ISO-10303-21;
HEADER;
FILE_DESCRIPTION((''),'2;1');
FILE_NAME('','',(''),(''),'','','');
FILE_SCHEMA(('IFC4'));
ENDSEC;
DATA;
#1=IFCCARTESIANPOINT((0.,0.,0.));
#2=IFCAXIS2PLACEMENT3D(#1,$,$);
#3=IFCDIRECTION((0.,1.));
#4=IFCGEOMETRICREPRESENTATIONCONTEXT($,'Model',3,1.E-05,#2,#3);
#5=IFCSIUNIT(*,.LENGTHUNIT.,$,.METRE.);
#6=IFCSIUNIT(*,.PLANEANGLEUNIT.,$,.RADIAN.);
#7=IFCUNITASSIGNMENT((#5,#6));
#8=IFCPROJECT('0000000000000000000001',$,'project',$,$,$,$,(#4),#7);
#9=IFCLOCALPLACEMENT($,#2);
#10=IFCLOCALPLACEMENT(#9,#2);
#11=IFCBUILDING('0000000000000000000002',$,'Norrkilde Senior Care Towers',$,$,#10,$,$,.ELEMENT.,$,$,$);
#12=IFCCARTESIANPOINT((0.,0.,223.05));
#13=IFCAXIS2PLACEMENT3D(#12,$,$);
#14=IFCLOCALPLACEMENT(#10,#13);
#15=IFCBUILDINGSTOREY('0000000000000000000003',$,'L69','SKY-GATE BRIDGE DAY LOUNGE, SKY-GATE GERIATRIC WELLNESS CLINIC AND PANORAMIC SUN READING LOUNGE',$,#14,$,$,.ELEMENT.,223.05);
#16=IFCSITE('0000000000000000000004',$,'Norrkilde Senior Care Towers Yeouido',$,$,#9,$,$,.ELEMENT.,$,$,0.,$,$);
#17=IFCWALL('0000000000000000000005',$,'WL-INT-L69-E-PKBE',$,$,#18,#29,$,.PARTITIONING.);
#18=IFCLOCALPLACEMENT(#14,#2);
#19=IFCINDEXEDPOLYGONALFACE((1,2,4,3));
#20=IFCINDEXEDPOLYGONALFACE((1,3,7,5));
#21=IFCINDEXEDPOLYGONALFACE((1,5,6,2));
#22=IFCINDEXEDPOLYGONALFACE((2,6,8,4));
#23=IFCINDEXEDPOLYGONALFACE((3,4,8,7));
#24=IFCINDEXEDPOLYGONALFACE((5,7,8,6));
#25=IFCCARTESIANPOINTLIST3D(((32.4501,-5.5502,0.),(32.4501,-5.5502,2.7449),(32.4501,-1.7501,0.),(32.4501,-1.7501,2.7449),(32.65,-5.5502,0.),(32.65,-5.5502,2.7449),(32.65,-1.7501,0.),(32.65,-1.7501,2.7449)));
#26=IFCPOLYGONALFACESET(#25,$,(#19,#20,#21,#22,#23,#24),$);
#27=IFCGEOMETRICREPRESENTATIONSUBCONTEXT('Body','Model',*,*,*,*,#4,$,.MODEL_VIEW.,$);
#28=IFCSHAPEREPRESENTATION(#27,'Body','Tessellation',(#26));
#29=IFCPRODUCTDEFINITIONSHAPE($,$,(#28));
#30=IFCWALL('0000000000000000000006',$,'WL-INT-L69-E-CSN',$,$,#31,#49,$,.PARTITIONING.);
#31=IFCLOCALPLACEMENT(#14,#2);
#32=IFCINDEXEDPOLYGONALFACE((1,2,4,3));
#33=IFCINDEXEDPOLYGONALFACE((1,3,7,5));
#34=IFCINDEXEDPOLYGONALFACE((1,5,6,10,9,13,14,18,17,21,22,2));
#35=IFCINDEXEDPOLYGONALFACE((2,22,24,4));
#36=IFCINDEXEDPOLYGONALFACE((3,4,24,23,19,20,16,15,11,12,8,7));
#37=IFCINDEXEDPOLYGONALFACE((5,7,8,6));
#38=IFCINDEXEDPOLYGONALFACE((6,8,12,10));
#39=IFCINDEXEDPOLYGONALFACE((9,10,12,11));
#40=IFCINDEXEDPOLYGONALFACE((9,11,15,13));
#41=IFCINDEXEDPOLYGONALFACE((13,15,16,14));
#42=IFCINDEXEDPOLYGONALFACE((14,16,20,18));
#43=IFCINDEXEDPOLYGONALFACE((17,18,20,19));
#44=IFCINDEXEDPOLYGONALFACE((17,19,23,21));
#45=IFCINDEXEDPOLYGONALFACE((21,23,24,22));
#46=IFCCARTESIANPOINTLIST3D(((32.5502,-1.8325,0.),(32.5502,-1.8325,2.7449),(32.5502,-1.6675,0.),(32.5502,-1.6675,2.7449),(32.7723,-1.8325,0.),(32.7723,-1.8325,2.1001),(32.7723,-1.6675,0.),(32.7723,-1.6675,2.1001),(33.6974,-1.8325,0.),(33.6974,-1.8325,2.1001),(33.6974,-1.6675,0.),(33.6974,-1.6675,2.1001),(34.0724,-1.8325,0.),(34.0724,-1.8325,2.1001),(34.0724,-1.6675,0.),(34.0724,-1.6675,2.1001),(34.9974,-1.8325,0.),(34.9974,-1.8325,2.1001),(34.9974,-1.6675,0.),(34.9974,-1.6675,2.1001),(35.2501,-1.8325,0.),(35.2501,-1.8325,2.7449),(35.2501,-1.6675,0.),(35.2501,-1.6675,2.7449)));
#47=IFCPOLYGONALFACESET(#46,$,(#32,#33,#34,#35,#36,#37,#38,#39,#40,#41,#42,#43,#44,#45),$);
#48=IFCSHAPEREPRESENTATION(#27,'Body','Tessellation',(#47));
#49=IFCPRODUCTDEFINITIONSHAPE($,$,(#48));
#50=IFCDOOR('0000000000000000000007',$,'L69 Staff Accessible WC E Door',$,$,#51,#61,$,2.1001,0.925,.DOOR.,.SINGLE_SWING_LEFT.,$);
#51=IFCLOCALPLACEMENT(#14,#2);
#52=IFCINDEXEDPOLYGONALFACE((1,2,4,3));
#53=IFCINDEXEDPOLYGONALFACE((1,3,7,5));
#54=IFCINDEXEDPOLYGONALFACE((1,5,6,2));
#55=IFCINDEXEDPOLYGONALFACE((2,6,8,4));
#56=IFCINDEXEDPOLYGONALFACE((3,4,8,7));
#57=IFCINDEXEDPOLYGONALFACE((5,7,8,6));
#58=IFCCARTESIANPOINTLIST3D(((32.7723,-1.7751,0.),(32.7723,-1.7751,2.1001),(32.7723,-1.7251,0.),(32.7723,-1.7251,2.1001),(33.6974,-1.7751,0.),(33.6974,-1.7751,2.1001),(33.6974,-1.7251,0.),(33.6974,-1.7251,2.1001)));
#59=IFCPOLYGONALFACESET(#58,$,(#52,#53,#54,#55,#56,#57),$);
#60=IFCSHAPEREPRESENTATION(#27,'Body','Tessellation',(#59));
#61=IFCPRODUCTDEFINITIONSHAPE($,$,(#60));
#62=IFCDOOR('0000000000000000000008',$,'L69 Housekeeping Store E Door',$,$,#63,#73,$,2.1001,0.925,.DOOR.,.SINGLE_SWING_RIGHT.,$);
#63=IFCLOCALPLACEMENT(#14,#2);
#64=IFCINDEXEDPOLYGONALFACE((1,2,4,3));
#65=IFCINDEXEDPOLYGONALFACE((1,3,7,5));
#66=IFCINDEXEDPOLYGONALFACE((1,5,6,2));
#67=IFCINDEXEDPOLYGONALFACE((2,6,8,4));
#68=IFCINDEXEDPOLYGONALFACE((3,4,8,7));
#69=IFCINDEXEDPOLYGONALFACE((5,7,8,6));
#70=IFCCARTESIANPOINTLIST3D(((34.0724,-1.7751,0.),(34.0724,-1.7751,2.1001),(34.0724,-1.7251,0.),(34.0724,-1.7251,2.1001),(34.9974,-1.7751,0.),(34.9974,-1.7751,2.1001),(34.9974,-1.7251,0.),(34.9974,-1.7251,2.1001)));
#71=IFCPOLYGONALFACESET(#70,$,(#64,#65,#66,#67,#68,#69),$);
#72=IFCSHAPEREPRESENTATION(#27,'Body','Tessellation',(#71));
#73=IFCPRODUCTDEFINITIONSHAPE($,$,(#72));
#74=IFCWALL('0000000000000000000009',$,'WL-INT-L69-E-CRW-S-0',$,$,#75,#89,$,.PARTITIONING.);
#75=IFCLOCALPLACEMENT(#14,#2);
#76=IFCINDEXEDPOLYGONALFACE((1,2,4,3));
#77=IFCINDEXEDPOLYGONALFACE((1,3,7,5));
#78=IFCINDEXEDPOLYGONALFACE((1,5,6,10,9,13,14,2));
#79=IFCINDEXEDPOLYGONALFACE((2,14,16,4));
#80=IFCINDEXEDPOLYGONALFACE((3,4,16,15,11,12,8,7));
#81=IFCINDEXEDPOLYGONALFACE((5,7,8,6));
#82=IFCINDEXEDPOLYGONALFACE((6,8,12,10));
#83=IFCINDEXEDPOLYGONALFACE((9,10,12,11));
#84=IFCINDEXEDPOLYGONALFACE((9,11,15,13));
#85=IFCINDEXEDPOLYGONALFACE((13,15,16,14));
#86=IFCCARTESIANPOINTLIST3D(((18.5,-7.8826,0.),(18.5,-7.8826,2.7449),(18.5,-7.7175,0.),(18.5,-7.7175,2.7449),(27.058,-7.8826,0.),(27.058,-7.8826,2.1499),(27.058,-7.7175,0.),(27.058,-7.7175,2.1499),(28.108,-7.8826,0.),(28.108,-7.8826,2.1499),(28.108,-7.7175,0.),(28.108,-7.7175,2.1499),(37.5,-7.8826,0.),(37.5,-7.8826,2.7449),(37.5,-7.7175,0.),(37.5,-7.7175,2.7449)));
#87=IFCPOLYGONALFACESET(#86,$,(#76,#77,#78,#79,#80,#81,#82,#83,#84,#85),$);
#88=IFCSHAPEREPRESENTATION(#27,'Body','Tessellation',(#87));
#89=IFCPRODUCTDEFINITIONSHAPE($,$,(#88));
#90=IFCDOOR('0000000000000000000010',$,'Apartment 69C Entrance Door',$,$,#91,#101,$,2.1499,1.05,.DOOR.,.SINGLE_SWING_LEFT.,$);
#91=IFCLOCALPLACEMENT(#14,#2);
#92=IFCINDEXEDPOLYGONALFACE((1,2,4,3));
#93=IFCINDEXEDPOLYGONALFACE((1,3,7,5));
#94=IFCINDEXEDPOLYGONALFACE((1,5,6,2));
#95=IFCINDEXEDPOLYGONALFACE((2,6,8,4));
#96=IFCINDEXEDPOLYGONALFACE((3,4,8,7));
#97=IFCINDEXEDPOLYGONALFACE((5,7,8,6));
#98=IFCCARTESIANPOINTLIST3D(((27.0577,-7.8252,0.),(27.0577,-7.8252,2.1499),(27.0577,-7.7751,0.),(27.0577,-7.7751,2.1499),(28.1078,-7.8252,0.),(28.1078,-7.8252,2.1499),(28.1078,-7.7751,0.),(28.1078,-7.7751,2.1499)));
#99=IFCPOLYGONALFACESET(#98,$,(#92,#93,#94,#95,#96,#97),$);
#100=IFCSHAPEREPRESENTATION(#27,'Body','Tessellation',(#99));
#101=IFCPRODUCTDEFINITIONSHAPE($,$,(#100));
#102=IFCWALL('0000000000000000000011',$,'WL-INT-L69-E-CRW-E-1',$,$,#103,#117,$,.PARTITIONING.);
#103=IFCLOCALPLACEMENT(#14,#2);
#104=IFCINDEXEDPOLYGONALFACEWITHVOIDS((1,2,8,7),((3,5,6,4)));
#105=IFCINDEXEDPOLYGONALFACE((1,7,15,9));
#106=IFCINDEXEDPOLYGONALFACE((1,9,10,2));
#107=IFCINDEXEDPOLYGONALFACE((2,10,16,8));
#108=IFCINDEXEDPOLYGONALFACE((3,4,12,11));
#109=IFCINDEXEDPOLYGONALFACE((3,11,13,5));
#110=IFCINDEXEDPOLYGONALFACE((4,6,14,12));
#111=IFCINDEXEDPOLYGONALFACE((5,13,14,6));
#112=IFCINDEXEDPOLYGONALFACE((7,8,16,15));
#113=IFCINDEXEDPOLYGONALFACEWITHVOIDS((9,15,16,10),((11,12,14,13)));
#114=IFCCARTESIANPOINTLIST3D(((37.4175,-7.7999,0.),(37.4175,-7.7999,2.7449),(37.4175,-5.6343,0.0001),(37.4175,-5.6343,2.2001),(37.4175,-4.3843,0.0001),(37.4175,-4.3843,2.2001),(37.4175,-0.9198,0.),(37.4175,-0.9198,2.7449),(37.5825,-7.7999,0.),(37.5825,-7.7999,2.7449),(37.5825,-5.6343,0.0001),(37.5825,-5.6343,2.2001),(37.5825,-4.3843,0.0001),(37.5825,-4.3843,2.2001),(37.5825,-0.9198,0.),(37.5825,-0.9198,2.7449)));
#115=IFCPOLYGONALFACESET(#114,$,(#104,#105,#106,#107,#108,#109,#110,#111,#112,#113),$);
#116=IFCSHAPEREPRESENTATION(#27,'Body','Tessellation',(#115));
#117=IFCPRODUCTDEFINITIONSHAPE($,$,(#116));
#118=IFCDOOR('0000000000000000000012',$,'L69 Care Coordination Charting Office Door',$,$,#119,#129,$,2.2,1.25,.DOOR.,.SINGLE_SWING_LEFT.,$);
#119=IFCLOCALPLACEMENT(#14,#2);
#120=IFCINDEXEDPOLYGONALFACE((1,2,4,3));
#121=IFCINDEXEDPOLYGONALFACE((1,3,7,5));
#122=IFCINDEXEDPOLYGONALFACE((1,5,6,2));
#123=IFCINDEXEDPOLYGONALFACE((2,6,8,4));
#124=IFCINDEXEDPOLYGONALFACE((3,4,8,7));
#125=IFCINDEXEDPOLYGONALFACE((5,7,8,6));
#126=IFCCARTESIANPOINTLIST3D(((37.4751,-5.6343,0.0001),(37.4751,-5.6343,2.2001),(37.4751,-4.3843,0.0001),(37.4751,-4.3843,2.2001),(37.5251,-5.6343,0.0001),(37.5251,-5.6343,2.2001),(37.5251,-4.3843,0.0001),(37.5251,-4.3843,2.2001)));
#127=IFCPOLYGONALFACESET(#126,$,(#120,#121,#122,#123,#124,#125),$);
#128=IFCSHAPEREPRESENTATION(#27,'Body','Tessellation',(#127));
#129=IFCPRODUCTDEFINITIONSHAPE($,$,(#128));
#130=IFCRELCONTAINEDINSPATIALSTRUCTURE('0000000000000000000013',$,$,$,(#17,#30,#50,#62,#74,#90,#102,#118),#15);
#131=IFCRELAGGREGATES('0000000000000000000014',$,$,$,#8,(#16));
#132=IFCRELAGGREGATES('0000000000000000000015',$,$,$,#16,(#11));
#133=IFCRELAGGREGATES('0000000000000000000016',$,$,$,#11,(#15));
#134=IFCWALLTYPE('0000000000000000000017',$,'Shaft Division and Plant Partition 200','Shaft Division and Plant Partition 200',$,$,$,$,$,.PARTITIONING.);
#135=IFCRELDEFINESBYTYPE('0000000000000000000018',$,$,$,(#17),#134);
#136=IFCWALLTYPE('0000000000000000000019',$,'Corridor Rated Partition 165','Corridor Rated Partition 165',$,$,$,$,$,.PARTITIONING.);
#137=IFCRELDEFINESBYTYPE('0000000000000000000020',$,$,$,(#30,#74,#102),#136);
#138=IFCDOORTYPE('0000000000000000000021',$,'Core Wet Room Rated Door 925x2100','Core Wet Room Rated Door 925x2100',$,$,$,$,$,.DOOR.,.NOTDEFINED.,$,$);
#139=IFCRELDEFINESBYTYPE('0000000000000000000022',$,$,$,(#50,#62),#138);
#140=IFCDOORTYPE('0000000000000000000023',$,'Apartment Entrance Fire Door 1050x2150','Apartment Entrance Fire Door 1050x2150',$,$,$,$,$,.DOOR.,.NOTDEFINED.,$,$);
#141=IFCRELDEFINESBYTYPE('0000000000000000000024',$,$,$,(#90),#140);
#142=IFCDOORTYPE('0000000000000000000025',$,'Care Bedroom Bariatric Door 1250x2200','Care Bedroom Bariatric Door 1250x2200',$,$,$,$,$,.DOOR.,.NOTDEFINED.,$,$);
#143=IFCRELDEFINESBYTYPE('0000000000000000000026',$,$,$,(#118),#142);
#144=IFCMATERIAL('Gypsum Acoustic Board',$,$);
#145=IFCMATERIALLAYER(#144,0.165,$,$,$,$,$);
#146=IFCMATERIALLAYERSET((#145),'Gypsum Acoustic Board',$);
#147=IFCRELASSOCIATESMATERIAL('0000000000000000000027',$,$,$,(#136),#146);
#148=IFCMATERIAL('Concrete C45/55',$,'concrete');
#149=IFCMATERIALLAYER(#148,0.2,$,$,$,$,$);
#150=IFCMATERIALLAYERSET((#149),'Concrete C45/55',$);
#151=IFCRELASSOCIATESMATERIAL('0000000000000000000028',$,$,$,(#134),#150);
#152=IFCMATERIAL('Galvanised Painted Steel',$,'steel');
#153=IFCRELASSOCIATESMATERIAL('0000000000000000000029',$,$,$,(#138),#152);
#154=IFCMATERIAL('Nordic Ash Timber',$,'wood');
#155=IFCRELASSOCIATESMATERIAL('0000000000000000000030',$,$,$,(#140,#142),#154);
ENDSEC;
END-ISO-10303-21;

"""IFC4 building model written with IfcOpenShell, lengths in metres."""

from ifc_helpers import new_model, si_unit, direction, frame, frame_2d, origin, place, context, subcontext, project, spatial, rectangle, extrude, source, transform, mapped, material, layer, layer_set, type_object, type_shapes, element, fill, save


model = new_model("IFC4")

# Units and contexts
model_context = context("Model", 3, precision=1e-05, world=origin(), true_north=direction((0.0, 1.0)))
body_context = subcontext(model_context, "Body", "Model", "MODEL_VIEW")
ifc_project = project(units=[si_unit("LENGTHUNIT", "METRE"), si_unit("PLANEANGLEUNIT", "RADIAN")], contexts=[model_context])

# Site, building, storey
site_placement = place(None, origin())
site = spatial("IfcSite", under=ifc_project, at=site_placement, Name="Norrkilde Senior Care Towers Yeouido", CompositionType="ELEMENT", RefElevation=0.0)
building_placement = place(site_placement, origin())
building = spatial("IfcBuilding", under=site, at=building_placement, Name="Norrkilde Senior Care Towers", CompositionType="ELEMENT")
storey_placement = place(building_placement, frame((0.0, 0.0, 223.05)))
storey = spatial("IfcBuildingStorey", under=building, at=storey_placement, Name="L69", Description="SKY-GATE BRIDGE DAY LOUNGE, SKY-GATE GERIATRIC WELLNESS CLINIC AND PANORAMIC SUN READING LOUNGE", CompositionType="ELEMENT", Elevation=223.05)

# Wall
ifc_material_1 = material(Name="Gypsum Acoustic Board")
ifc_layer_1 = layer(ifc_material_1, 0.165)
ifc_layer_set_1 = layer_set([ifc_layer_1], Name="Gypsum Acoustic Board")
wall_type_1 = type_object("IfcWallType", Name="Corridor Rated Partition 165", Description="Corridor Rated Partition 165", PredefinedType="PARTITIONING", material=ifc_layer_set_1)
ifc_material_2 = material(Name="Concrete C45/55", Category="concrete")
ifc_layer_2 = layer(ifc_material_2, 0.2)
ifc_layer_set_2 = layer_set([ifc_layer_2], Name="Concrete C45/55")
wall_type_2 = type_object("IfcWallType", Name="Shaft Division and Plant Partition 200", Description="Shaft Division and Plant Partition 200", PredefinedType="PARTITIONING", material=ifc_layer_set_2)
shared_shape_1 = source(origin(), body_context, "Body", "SweptSolid", [
    extrude(rectangle(XDim=3.8, YDim=0.2, at=frame_2d((1.8999, 0.0))), origin(), (0.0, 0.0, 1.0), 2.7449),
])
type_shapes(wall_type_2, [shared_shape_1])
wall_1_placement = place(storey_placement, frame((32.55, -5.55, 0.0), z_axis=(0.0, 0.0, 1.0), x_axis=(0.0, 1.0, 0.0)))
element("IfcWall", 1, at=wall_1_placement, inside=storey, type_object=wall_type_2, Name="WL-INT-L69-E-PKBE", PredefinedType="PARTITIONING", context=body_context, shape_type="MappedRepresentation", body=[
    mapped(shared_shape_1, transform((0.0, 0.0, 0.0), x_axis=(1.0, 0.0, 0.0), y_axis=(0.0, 1.0, 0.0), z_axis=(0.0, 0.0, 1.0), scale=1.0)),
])

# Wall, openings, doors
shared_shape_2 = source(origin(), body_context, "Body", "SweptSolid", [
    extrude(rectangle(XDim=2.7, YDim=0.165, at=frame_2d((1.3501, 0.0))), origin(), (0.0, 0.0, 1.0), 2.7449),
])
wall_2_placement = place(storey_placement, frame((32.55, -1.75, 0.0), z_axis=(0.0, 0.0, 1.0), x_axis=(1.0, 0.0, 0.0)))
wall_2 = element("IfcWall", 2, at=wall_2_placement, inside=storey, type_object=wall_type_1, Name="WL-INT-L69-E-CSN", PredefinedType="PARTITIONING", context=body_context, shape_type="MappedRepresentation", body=[
    mapped(shared_shape_2, transform((0.0, 0.0, 0.0), x_axis=(1.0, 0.0, 0.0), y_axis=(0.0, 1.0, 0.0), z_axis=(0.0, 0.0, 1.0), scale=1.0)),
])
opening_1_placement = place(wall_2_placement, frame((0.2224, 0.0, 0.0)))
opening_1 = element("IfcOpeningElement", 3, at=opening_1_placement, cuts=wall_2, PredefinedType="OPENING", context=body_context, shape_type="SweptSolid", body=[
    extrude(rectangle(XDim=0.925, YDim=2.1001, at=frame_2d((0.4624, 1.05))), frame((0.0, 0.0925, 0.0), z_axis=(0.0, -1.0, 0.0), x_axis=(1.0, 0.0, 0.0)), (0.0, 0.0, 1.0), 0.1851),
])
opening_2_placement = place(wall_2_placement, frame((1.5225, 0.0, 0.0)))
opening_2 = element("IfcOpeningElement", 4, at=opening_2_placement, cuts=wall_2, PredefinedType="OPENING", context=body_context, shape_type="SweptSolid", body=[
    extrude(rectangle(XDim=0.925, YDim=2.1001, at=frame_2d((0.4624, 1.05))), frame((0.0, 0.0925, 0.0), z_axis=(0.0, -1.0, 0.0), x_axis=(1.0, 0.0, 0.0)), (0.0, 0.0, 1.0), 0.1851),
])
ifc_material_3 = material(Name="Galvanised Painted Steel", Category="steel")
door_type_1 = type_object("IfcDoorType", Name="Core Wet Room Rated Door 925x2100", Description="Core Wet Room Rated Door 925x2100", OperationType="NOTDEFINED", PredefinedType="DOOR", material=ifc_material_3)
shared_shape_3 = source(origin(), body_context, "Body", "SweptSolid", [
    extrude(rectangle(XDim=0.925, YDim=2.1001, at=frame_2d((0.4624, 1.05))), frame((0.0, 0.0249, 0.0), z_axis=(0.0, -1.0, 0.0), x_axis=(1.0, 0.0, 0.0)), (0.0, 0.0, 1.0), 0.05),
])
type_shapes(door_type_1, [shared_shape_3])
door_1_placement = place(opening_1_placement, origin())
door_1 = element("IfcDoor", 5, at=door_1_placement, inside=storey, type_object=door_type_1, Name="L69 Staff Accessible WC E Door", OperationType="SINGLE_SWING_LEFT", OverallHeight=2.1001, OverallWidth=0.925, PredefinedType="DOOR", context=body_context, shape_type="MappedRepresentation", body=[
    mapped(shared_shape_3, transform((0.0, 0.0, 0.0), x_axis=(1.0, 0.0, 0.0), y_axis=(0.0, 1.0, 0.0), z_axis=(0.0, 0.0, 1.0), scale=1.0)),
])
fill(opening_1, door_1)
door_2_placement = place(opening_2_placement, origin())
door_2 = element("IfcDoor", 6, at=door_2_placement, inside=storey, type_object=door_type_1, Name="L69 Housekeeping Store E Door", OperationType="SINGLE_SWING_RIGHT", OverallHeight=2.1001, OverallWidth=0.925, PredefinedType="DOOR", context=body_context, shape_type="MappedRepresentation", body=[
    mapped(shared_shape_3, transform((0.0, 0.0, 0.0), x_axis=(1.0, 0.0, 0.0), y_axis=(0.0, 1.0, 0.0), z_axis=(0.0, 0.0, 1.0), scale=1.0)),
])
fill(opening_2, door_2)

# Walls, openings, doors
shared_shape_4 = source(origin(), body_context, "Body", "SweptSolid", [
    extrude(rectangle(XDim=19.0, YDim=0.165, at=frame_2d((9.5, 0.0))), origin(), (0.0, 0.0, 1.0), 2.7449),
])
wall_3_placement = place(storey_placement, frame((37.5, -7.8, 0.0), z_axis=(0.0, 0.0, 1.0), x_axis=(-1.0, 0.0, 0.0)))
wall_3 = element("IfcWall", 7, at=wall_3_placement, inside=storey, type_object=wall_type_1, Name="WL-INT-L69-E-CRW-S-0", PredefinedType="PARTITIONING", context=body_context, shape_type="MappedRepresentation", body=[
    mapped(shared_shape_4, transform((0.0, 0.0, 0.0), x_axis=(1.0, 0.0, 0.0), y_axis=(0.0, 1.0, 0.0), z_axis=(0.0, 0.0, 1.0), scale=1.0)),
])
opening_3_placement = place(wall_3_placement, frame((9.3921, 0.0, 0.0)))
opening_3 = element("IfcOpeningElement", 8, at=opening_3_placement, cuts=wall_3, PredefinedType="OPENING", context=body_context, shape_type="SweptSolid", body=[
    extrude(rectangle(XDim=1.05, YDim=2.1499, at=frame_2d((0.5249, 1.075))), frame((0.0, 0.0925, 0.0), z_axis=(0.0, -1.0, 0.0), x_axis=(1.0, 0.0, 0.0)), (0.0, 0.0, 1.0), 0.1851),
])
ifc_material_4 = material(Name="Nordic Ash Timber", Category="wood")
door_type_2 = type_object("IfcDoorType", Name="Apartment Entrance Fire Door 1050x2150", Description="Apartment Entrance Fire Door 1050x2150", OperationType="NOTDEFINED", PredefinedType="DOOR", material=ifc_material_4)
shared_shape_5 = source(origin(), body_context, "Body", "SweptSolid", [
    extrude(rectangle(XDim=1.05, YDim=2.1499, at=frame_2d((0.5249, 1.075))), frame((0.0, 0.0249, 0.0), z_axis=(0.0, -1.0, 0.0), x_axis=(1.0, 0.0, 0.0)), (0.0, 0.0, 1.0), 0.05),
])
type_shapes(door_type_2, [shared_shape_5])
door_3_placement = place(opening_3_placement, frame((1.05, 0.0, 0.0), z_axis=(0.0, 0.0, 1.0), x_axis=(-1.0, 0.0, 0.0)))
door_3 = element("IfcDoor", 9, at=door_3_placement, inside=storey, type_object=door_type_2, Name="Apartment 69C Entrance Door", OperationType="SINGLE_SWING_LEFT", OverallHeight=2.1499, OverallWidth=1.05, PredefinedType="DOOR", context=body_context, shape_type="MappedRepresentation", body=[
    mapped(shared_shape_5, transform((0.0, 0.0, 0.0), x_axis=(1.0, 0.0, 0.0), y_axis=(0.0, 1.0, 0.0), z_axis=(0.0, 0.0, 1.0), scale=1.0)),
])
fill(opening_3, door_3)
shared_shape_6 = source(origin(), body_context, "Body", "SweptSolid", [
    extrude(rectangle(XDim=6.8801, YDim=0.165, at=frame_2d((3.4399, 0.0))), origin(), (0.0, 0.0, 1.0), 2.7449),
])
wall_4_placement = place(storey_placement, frame((37.5, -0.9199, 0.0), z_axis=(0.0, 0.0, 1.0), x_axis=(0.0, -1.0, 0.0)))
wall_4 = element("IfcWall", 10, at=wall_4_placement, inside=storey, type_object=wall_type_1, Name="WL-INT-L69-E-CRW-E-1", PredefinedType="PARTITIONING", context=body_context, shape_type="MappedRepresentation", body=[
    mapped(shared_shape_6, transform((0.0, 0.0, 0.0), x_axis=(1.0, 0.0, 0.0), y_axis=(0.0, 1.0, 0.0), z_axis=(0.0, 0.0, 1.0), scale=1.0)),
])
opening_4_placement = place(wall_4_placement, frame((3.4644, 0.0, 0.0)))
opening_4 = element("IfcOpeningElement", 11, at=opening_4_placement, cuts=wall_4, PredefinedType="OPENING", context=body_context, shape_type="SweptSolid", body=[
    extrude(rectangle(XDim=1.25, YDim=2.2, at=frame_2d((0.625, 1.1001))), frame((0.0, 0.0925, 0.0), z_axis=(0.0, -1.0, 0.0), x_axis=(1.0, 0.0, 0.0)), (0.0, 0.0, 1.0), 0.1851),
])
door_type_3 = type_object("IfcDoorType", Name="Care Bedroom Bariatric Door 1250x2200", Description="Care Bedroom Bariatric Door 1250x2200", OperationType="NOTDEFINED", PredefinedType="DOOR", material=ifc_material_4)
shared_shape_7 = source(origin(), body_context, "Body", "SweptSolid", [
    extrude(rectangle(XDim=1.25, YDim=2.2, at=frame_2d((0.625, 1.1001))), frame((0.0, 0.0249, 0.0), z_axis=(0.0, -1.0, 0.0), x_axis=(1.0, 0.0, 0.0)), (0.0, 0.0, 1.0), 0.05),
])
type_shapes(door_type_3, [shared_shape_7])
door_4_placement = place(opening_4_placement, frame((1.25, 0.0, 0.0), z_axis=(0.0, 0.0, 1.0), x_axis=(-1.0, 0.0, 0.0)))
door_4 = element("IfcDoor", 12, at=door_4_placement, inside=storey, type_object=door_type_3, Name="L69 Care Coordination Charting Office Door", OperationType="SINGLE_SWING_LEFT", OverallHeight=2.2, OverallWidth=1.25, PredefinedType="DOOR", context=body_context, shape_type="MappedRepresentation", body=[
    mapped(shared_shape_7, transform((0.0, 0.0, 0.0), x_axis=(1.0, 0.0, 0.0), y_axis=(0.0, 1.0, 0.0), z_axis=(0.0, 0.0, 1.0), scale=1.0)),
])
fill(opening_4, door_4)

save(model, "model.ifc")
